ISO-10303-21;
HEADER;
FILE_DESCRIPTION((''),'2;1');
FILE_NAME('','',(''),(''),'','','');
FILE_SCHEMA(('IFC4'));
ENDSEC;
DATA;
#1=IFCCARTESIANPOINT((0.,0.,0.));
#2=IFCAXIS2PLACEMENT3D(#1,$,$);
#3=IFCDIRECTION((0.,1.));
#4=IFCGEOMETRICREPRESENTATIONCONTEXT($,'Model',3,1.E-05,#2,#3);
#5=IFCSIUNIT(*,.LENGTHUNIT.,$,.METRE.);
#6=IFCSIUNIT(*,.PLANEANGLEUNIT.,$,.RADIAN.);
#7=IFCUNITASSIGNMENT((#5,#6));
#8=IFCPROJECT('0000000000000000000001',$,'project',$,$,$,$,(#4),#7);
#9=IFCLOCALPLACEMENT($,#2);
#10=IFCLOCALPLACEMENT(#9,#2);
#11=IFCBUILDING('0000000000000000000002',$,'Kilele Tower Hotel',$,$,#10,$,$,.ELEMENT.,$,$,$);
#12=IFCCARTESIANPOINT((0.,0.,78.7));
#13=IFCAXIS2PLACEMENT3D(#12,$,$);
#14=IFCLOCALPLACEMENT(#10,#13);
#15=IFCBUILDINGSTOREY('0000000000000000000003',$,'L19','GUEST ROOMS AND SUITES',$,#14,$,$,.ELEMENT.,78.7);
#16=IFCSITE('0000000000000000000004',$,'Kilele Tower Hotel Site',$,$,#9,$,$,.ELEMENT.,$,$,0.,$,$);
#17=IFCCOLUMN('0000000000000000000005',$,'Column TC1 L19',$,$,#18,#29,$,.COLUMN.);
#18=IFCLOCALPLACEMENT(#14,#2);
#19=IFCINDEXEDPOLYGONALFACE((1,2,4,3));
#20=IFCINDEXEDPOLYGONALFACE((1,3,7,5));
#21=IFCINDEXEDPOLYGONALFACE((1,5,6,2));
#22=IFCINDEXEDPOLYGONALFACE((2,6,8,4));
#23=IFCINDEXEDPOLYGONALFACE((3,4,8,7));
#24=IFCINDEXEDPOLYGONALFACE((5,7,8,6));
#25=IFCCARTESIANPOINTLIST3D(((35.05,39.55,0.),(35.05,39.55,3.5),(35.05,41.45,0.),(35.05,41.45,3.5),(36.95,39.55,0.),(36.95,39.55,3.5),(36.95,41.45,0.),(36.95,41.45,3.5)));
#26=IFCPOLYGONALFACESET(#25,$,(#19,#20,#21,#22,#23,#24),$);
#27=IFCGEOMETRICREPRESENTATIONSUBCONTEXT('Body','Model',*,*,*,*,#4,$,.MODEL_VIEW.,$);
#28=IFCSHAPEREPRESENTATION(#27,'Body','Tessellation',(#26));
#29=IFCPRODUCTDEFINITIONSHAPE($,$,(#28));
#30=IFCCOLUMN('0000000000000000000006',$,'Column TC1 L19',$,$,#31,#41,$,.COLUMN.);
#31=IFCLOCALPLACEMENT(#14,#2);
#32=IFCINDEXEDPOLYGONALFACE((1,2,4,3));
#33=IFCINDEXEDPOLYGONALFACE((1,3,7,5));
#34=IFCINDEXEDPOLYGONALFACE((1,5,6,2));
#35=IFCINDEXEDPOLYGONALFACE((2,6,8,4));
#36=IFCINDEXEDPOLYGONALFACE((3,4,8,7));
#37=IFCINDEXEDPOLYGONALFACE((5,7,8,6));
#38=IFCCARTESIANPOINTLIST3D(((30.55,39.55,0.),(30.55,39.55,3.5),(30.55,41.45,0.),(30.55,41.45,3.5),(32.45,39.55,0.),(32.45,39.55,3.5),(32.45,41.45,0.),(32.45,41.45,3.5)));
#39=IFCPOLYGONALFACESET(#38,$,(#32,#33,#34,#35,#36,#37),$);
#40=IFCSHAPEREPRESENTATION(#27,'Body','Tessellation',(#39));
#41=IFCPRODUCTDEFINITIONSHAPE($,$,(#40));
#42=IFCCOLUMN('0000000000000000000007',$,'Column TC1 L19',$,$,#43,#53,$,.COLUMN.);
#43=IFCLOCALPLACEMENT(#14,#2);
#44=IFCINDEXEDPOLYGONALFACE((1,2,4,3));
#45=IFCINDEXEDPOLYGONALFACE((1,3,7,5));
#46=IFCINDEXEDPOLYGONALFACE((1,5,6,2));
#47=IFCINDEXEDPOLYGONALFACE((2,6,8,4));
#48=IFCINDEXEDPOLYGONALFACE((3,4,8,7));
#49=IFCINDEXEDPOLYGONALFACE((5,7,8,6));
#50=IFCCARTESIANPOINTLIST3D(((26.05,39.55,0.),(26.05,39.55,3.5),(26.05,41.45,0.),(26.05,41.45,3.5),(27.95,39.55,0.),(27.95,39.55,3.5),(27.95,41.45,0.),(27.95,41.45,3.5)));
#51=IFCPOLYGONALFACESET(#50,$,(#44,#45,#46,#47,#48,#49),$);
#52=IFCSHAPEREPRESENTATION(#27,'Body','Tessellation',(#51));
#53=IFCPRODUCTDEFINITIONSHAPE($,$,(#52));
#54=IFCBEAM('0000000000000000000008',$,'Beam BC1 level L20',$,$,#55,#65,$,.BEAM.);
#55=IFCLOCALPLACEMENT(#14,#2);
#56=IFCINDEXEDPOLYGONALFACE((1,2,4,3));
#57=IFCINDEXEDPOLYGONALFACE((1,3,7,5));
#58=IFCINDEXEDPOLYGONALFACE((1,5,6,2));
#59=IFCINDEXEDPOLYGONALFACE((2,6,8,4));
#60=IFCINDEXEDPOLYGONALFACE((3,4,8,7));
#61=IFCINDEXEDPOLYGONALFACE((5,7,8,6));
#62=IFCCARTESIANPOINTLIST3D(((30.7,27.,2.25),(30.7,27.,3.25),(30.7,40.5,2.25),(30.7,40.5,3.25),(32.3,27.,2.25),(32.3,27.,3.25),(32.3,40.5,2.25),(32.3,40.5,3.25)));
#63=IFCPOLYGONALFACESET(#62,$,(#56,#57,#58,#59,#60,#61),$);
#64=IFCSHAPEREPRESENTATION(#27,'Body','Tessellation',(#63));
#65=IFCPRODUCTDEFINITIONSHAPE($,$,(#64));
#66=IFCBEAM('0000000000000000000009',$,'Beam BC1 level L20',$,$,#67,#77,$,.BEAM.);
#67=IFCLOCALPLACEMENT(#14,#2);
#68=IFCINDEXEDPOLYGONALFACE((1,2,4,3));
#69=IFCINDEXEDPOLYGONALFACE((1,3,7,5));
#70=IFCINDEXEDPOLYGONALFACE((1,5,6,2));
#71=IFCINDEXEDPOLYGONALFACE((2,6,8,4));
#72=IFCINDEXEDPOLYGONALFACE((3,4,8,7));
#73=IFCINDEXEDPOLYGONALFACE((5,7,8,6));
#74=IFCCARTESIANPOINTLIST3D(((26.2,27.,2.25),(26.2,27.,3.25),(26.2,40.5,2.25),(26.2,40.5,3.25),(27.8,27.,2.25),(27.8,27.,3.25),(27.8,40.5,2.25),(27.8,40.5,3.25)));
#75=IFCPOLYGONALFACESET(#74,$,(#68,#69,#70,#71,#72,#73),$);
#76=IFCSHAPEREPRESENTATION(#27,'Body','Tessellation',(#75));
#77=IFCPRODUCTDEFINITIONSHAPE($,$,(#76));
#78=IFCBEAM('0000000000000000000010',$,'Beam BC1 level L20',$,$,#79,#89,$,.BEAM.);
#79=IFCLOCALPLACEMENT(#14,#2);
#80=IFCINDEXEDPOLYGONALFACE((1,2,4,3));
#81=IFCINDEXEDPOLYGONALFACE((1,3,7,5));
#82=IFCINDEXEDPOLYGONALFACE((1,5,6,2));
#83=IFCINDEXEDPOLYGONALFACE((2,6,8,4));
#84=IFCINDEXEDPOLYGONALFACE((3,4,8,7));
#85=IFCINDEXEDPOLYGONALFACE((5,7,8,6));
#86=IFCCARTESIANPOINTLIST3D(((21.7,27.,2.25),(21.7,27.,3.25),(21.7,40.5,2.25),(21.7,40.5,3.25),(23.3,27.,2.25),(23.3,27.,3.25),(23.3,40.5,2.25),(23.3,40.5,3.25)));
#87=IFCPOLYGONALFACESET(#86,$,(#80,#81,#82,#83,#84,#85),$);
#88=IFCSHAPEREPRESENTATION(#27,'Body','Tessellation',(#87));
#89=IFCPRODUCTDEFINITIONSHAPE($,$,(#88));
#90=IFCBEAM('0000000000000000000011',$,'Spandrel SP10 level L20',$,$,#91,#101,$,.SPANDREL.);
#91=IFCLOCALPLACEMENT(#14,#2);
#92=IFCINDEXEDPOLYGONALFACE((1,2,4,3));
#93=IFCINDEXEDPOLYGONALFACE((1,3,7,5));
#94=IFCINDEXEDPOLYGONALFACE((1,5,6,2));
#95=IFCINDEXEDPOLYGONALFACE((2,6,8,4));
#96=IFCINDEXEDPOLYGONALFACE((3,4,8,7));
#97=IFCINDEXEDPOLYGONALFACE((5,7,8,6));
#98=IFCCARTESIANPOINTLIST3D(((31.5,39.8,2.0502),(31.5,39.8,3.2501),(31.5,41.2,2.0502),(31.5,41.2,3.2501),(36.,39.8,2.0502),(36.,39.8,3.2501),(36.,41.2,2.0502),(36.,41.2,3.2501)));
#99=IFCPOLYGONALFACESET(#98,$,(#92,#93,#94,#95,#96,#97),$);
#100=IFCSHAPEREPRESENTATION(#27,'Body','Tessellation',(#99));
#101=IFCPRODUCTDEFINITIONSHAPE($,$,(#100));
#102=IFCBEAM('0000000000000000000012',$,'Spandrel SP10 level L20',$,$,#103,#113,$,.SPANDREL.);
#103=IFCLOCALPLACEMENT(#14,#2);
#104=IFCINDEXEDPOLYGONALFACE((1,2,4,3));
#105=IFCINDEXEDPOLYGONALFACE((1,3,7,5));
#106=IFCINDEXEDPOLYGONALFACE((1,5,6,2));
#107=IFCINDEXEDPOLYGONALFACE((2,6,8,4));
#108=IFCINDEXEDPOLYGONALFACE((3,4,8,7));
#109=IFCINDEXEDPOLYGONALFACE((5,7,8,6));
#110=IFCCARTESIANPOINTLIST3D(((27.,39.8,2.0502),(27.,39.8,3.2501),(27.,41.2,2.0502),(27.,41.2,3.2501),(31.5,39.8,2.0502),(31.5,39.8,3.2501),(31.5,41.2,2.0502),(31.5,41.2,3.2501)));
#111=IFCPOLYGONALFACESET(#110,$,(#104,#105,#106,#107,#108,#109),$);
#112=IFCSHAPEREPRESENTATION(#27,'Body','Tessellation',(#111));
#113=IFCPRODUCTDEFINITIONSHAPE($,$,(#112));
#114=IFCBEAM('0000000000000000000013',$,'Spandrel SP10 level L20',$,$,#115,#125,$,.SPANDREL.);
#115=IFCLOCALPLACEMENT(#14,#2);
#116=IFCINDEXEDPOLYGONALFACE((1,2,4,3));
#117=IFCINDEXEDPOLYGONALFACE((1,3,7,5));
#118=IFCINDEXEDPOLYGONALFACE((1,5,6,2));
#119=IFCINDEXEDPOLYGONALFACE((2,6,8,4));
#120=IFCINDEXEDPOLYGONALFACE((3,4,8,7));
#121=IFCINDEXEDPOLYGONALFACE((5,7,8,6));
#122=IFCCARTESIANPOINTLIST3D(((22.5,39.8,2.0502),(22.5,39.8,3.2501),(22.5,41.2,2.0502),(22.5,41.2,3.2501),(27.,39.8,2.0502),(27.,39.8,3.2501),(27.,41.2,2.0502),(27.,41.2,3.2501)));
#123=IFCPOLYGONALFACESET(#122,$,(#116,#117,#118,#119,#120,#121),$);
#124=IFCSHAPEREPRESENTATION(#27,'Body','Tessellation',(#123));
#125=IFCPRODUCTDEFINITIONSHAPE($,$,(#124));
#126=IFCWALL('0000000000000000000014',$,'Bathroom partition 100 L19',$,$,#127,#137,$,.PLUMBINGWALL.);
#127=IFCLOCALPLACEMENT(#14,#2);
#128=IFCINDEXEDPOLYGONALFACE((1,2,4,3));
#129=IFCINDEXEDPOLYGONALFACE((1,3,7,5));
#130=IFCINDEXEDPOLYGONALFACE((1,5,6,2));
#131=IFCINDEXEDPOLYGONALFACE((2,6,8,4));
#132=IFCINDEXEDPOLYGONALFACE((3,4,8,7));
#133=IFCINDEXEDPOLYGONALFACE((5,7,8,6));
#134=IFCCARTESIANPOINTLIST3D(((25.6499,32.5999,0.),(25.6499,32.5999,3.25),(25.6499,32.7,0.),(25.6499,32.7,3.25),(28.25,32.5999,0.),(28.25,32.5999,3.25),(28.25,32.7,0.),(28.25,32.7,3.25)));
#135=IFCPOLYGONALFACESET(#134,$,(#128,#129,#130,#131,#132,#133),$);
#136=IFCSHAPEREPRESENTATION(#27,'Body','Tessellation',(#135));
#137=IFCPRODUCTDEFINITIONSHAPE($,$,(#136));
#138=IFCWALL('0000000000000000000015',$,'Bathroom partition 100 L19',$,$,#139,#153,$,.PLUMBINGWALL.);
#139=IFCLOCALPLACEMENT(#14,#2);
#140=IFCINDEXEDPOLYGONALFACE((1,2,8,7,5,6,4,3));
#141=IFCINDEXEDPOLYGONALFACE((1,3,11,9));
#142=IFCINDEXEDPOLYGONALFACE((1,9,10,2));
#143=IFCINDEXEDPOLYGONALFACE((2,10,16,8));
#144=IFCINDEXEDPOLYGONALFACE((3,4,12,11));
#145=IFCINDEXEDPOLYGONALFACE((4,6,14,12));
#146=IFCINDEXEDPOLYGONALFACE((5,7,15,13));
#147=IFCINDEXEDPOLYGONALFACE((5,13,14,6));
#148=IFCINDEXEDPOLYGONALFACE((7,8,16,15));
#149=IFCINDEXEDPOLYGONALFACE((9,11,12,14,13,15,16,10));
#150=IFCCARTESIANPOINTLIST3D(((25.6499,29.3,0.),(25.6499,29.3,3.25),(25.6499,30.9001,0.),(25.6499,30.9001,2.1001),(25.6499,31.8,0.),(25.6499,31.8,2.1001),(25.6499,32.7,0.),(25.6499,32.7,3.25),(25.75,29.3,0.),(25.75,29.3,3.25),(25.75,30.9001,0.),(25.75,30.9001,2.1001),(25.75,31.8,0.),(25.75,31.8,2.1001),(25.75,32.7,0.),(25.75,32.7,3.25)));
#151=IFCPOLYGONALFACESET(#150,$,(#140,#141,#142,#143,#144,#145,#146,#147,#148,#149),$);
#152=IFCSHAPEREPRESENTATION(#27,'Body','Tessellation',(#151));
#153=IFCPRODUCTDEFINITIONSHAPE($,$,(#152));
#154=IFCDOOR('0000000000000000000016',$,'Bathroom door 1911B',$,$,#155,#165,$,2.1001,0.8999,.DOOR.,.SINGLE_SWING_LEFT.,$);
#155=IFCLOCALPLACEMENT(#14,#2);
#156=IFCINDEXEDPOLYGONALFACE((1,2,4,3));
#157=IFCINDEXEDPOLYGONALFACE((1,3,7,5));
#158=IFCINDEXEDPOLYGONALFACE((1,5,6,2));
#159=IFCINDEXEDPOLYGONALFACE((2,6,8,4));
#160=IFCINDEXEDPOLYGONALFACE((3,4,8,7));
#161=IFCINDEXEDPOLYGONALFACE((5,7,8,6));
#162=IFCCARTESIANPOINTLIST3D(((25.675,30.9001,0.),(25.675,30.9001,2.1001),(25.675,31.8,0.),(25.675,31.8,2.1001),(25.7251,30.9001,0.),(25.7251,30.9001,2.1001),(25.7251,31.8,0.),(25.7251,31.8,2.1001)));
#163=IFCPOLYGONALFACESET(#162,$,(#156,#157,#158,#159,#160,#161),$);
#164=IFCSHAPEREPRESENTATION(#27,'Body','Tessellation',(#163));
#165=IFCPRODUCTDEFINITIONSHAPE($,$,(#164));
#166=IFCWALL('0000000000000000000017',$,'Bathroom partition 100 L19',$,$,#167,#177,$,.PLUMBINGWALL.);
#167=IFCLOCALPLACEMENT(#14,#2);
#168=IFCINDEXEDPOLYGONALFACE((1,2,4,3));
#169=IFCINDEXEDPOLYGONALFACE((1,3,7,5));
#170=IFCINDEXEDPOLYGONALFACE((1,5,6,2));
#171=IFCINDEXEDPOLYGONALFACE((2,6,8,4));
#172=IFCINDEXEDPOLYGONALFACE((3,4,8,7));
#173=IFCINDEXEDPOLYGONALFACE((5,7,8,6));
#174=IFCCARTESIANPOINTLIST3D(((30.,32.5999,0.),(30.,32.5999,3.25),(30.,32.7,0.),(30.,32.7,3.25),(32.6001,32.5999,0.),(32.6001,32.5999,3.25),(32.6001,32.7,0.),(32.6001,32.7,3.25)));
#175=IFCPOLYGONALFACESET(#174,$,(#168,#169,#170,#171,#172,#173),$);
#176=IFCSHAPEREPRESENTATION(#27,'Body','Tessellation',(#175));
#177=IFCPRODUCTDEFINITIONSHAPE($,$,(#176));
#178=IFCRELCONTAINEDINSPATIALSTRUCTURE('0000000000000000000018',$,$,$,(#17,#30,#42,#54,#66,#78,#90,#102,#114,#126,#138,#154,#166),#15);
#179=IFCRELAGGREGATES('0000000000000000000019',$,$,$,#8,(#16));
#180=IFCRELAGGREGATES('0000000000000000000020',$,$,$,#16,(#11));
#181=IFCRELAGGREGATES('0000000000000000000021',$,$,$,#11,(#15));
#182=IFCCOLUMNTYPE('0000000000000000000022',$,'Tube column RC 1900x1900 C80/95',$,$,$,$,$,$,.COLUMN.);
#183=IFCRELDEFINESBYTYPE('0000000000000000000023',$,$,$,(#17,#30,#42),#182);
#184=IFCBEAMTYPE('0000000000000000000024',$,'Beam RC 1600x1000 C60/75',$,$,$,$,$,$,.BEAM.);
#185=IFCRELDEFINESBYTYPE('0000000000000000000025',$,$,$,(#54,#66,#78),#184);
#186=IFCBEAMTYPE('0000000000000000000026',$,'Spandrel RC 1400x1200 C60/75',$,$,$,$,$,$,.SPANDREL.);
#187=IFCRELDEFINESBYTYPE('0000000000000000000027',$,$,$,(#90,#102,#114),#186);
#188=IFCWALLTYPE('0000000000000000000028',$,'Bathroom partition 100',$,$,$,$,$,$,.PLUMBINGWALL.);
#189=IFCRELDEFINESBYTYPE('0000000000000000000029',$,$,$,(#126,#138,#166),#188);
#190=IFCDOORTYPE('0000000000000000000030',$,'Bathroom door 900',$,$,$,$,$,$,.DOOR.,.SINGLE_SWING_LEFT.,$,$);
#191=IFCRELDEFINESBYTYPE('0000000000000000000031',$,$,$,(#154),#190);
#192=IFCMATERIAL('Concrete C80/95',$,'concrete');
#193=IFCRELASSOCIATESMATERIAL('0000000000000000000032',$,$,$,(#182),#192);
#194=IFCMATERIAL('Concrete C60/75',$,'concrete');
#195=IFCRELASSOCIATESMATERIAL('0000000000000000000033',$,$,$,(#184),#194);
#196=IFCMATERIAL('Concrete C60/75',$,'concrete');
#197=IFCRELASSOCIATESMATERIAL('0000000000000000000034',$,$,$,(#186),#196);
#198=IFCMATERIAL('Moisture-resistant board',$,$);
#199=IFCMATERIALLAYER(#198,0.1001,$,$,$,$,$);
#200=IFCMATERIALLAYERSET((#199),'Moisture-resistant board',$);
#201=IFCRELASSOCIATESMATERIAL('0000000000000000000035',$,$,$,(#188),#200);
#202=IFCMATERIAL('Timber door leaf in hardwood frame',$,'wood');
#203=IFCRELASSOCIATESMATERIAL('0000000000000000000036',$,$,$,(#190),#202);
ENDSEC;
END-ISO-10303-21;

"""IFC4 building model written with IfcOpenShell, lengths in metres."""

from ifc_helpers import new_model, si_unit, direction, frame, frame_2d, origin, origin_2d, place, context, subcontext, project, spatial, rectangle, extrude, material, layer, layer_set, material_profile, profile_set, type_object, element, fill, save


model = new_model("IFC4")

# Units and contexts
model_context = context("Model", 3, precision=1e-05, world=origin(), true_north=direction((0.0, 1.0)))
body_context = subcontext(model_context, "Body", "Model", "MODEL_VIEW")
ifc_project = project(units=[si_unit("LENGTHUNIT", "METRE"), si_unit("PLANEANGLEUNIT", "RADIAN")], contexts=[model_context])

# Site, building, storey
site_placement = place(None, origin())
site = spatial("IfcSite", under=ifc_project, at=site_placement, Name="Kilele Tower Hotel Site", CompositionType="ELEMENT", RefElevation=0.0)
building_placement = place(site_placement, origin())
building = spatial("IfcBuilding", under=site, at=building_placement, Name="Kilele Tower Hotel", CompositionType="ELEMENT")
storey_placement = place(building_placement, frame((0.0, 0.0, 78.7)))
storey = spatial("IfcBuildingStorey", under=building, at=storey_placement, Name="L19", Description="GUEST ROOMS AND SUITES", CompositionType="ELEMENT", Elevation=78.7)

# Columns
ifc_material_1 = material(Name="Concrete C80/95", Category="concrete")
ifc_material_profile_1 = material_profile(ifc_material_1, rectangle(XDim=1.8999, YDim=1.8999, at=origin_2d()))
ifc_profile_set_1 = profile_set([ifc_material_profile_1], Name="Concrete C80/95")
column_type = type_object("IfcColumnType", Name="Tube column RC 1900x1900 C80/95", PredefinedType="COLUMN", material=ifc_profile_set_1)
for number, where, z_axis, x_axis, name in (
    (1, (36.0, 40.5, 0.0), (0.0, 0.0, 1.0), (1.0, 0.0, 0.0), "Column TC1 L19"),
    (2, (31.5, 40.5, 0.0), (0.0, 0.0, 1.0), (1.0, 0.0, 0.0), "Column TC1 L19"),
    (3, (27.0, 40.5, 0.0), (0.0, 0.0, 1.0), (1.0, 0.0, 0.0), "Column TC1 L19"),
):
    element("IfcColumn", number, at=place(storey_placement, frame(where, z_axis=z_axis, x_axis=x_axis)), inside=storey, type_object=column_type, Name=name, PredefinedType="COLUMN", context=body_context, shape_type="SweptSolid", body=[
        extrude(rectangle(XDim=1.8999, YDim=1.8999, at=origin_2d()), origin(), (0.0, 0.0, 1.0), 3.5),
    ])

# Beams
ifc_material_2 = material(Name="Concrete C60/75", Category="concrete")
ifc_material_profile_2 = material_profile(ifc_material_2, rectangle(XDim=1.6001, YDim=1.0, at=origin_2d()))
ifc_profile_set_2 = profile_set([ifc_material_profile_2], Name="Concrete C60/75")
beam_type_1 = type_object("IfcBeamType", Name="Beam RC 1600x1000 C60/75", PredefinedType="BEAM", material=ifc_profile_set_2)
for number, where, z_axis, x_axis, name in (
    (4, (31.5, 40.5, 2.75), (0.0, -1.0, 0.0), (1.0, 0.0, 0.0), "Beam BC1 level L20"),
    (5, (27.0, 40.5, 2.75), (0.0, -1.0, 0.0), (1.0, 0.0, 0.0), "Beam BC1 level L20"),
    (6, (22.5, 40.5, 2.75), (0.0, -1.0, 0.0), (1.0, 0.0, 0.0), "Beam BC1 level L20"),
):
    element("IfcBeam", number, at=place(storey_placement, frame(where, z_axis=z_axis, x_axis=x_axis)), inside=storey, type_object=beam_type_1, Name=name, PredefinedType="BEAM", context=body_context, shape_type="SweptSolid", body=[
        extrude(rectangle(XDim=1.6001, YDim=1.0, at=origin_2d()), origin(), (0.0, 0.0, 1.0), 13.5),
    ])
ifc_material_3 = material(Name="Concrete C60/75", Category="concrete")
ifc_material_profile_3 = material_profile(ifc_material_3, rectangle(XDim=1.3999, YDim=1.2, at=origin_2d()))
ifc_profile_set_3 = profile_set([ifc_material_profile_3], Name="Concrete C60/75")
beam_type_2 = type_object("IfcBeamType", Name="Spandrel RC 1400x1200 C60/75", PredefinedType="SPANDREL", material=ifc_profile_set_3)
for number, where, z_axis, x_axis, name in (
    (7, (36.0, 40.5, 2.6501), (-1.0, 0.0, 0.0), (0.0, -1.0, 0.0), "Spandrel SP10 level L20"),
    (8, (31.5, 40.5, 2.6501), (-1.0, 0.0, 0.0), (0.0, -1.0, 0.0), "Spandrel SP10 level L20"),
    (9, (27.0, 40.5, 2.6501), (-1.0, 0.0, 0.0), (0.0, -1.0, 0.0), "Spandrel SP10 level L20"),
):
    element("IfcBeam", number, at=place(storey_placement, frame(where, z_axis=z_axis, x_axis=x_axis)), inside=storey, type_object=beam_type_2, Name=name, PredefinedType="SPANDREL", context=body_context, shape_type="SweptSolid", body=[
        extrude(rectangle(XDim=1.3999, YDim=1.2, at=origin_2d()), origin(), (0.0, 0.0, 1.0), 4.5),
    ])

# Wall
ifc_material_4 = material(Name="Moisture-resistant board")
ifc_layer_1 = layer(ifc_material_4, 0.1001)
ifc_layer_set_1 = layer_set([ifc_layer_1], Name="Moisture-resistant board")
wall_type_1 = type_object("IfcWallType", Name="Bathroom partition 100", PredefinedType="PLUMBINGWALL", material=ifc_layer_set_1)
wall_1_placement = place(storey_placement, frame((25.6499, 32.6499, 0.0), z_axis=(0.0, 0.0, 1.0), x_axis=(1.0, 0.0, 0.0)))
element("IfcWall", 10, at=wall_1_placement, inside=storey, type_object=wall_type_1, Name="Bathroom partition 100 L19", PredefinedType="PLUMBINGWALL", context=body_context, shape_type="SweptSolid", body=[
    extrude(rectangle(XDim=2.6001, YDim=0.1001, at=frame_2d((1.3, 0.0))), origin(), (0.0, 0.0, 1.0), 3.25),
])

# Wall, opening, door
wall_2_placement = place(storey_placement, frame((25.7, 29.3, 0.0), z_axis=(0.0, 0.0, 1.0), x_axis=(0.0, 1.0, 0.0)))
wall_2 = element("IfcWall", 11, at=wall_2_placement, inside=storey, type_object=wall_type_1, Name="Bathroom partition 100 L19", PredefinedType="PLUMBINGWALL", context=body_context, shape_type="SweptSolid", body=[
    extrude(rectangle(XDim=3.3999, YDim=0.1001, at=frame_2d((1.7, 0.0))), origin(), (0.0, 0.0, 1.0), 3.25),
])
opening_1_placement = place(wall_2_placement, frame((1.6001, 0.0, 0.0)))
opening_1 = element("IfcOpeningElement", 12, at=opening_1_placement, cuts=wall_2, PredefinedType="OPENING", context=body_context, shape_type="SweptSolid", body=[
    extrude(rectangle(XDim=0.8999, YDim=2.1001, at=frame_2d((0.45, 1.05))), frame((0.0, 0.0601, 0.0), z_axis=(0.0, -1.0, 0.0), x_axis=(1.0, 0.0, 0.0)), (0.0, 0.0, 1.0), 0.1201),
])
ifc_material_5 = material(Name="Timber door leaf in hardwood frame", Category="wood")
door_type_1 = type_object("IfcDoorType", Name="Bathroom door 900", OperationType="SINGLE_SWING_LEFT", PredefinedType="DOOR", material=ifc_material_5)
door_1_placement = place(opening_1_placement, origin())
door_1 = element("IfcDoor", 13, at=door_1_placement, inside=storey, type_object=door_type_1, Name="Bathroom door 1911B", OperationType="SINGLE_SWING_LEFT", OverallHeight=2.1001, OverallWidth=0.8999, PredefinedType="DOOR", context=body_context, shape_type="SweptSolid", body=[
    extrude(rectangle(XDim=0.8999, YDim=2.1001, at=frame_2d((0.45, 1.05))), frame((0.0, 0.0249, 0.0), z_axis=(0.0, -1.0, 0.0), x_axis=(1.0, 0.0, 0.0)), (0.0, 0.0, 1.0), 0.05),
])
fill(opening_1, door_1)

# Wall
wall_3_placement = place(storey_placement, frame((30.0, 32.6499, 0.0), z_axis=(0.0, 0.0, 1.0), x_axis=(1.0, 0.0, 0.0)))
element("IfcWall", 14, at=wall_3_placement, inside=storey, type_object=wall_type_1, Name="Bathroom partition 100 L19", PredefinedType="PLUMBINGWALL", context=body_context, shape_type="SweptSolid", body=[
    extrude(rectangle(XDim=2.6001, YDim=0.1001, at=frame_2d((1.3, 0.0))), origin(), (0.0, 0.0, 1.0), 3.25),
])

save(model, "model.ifc")
